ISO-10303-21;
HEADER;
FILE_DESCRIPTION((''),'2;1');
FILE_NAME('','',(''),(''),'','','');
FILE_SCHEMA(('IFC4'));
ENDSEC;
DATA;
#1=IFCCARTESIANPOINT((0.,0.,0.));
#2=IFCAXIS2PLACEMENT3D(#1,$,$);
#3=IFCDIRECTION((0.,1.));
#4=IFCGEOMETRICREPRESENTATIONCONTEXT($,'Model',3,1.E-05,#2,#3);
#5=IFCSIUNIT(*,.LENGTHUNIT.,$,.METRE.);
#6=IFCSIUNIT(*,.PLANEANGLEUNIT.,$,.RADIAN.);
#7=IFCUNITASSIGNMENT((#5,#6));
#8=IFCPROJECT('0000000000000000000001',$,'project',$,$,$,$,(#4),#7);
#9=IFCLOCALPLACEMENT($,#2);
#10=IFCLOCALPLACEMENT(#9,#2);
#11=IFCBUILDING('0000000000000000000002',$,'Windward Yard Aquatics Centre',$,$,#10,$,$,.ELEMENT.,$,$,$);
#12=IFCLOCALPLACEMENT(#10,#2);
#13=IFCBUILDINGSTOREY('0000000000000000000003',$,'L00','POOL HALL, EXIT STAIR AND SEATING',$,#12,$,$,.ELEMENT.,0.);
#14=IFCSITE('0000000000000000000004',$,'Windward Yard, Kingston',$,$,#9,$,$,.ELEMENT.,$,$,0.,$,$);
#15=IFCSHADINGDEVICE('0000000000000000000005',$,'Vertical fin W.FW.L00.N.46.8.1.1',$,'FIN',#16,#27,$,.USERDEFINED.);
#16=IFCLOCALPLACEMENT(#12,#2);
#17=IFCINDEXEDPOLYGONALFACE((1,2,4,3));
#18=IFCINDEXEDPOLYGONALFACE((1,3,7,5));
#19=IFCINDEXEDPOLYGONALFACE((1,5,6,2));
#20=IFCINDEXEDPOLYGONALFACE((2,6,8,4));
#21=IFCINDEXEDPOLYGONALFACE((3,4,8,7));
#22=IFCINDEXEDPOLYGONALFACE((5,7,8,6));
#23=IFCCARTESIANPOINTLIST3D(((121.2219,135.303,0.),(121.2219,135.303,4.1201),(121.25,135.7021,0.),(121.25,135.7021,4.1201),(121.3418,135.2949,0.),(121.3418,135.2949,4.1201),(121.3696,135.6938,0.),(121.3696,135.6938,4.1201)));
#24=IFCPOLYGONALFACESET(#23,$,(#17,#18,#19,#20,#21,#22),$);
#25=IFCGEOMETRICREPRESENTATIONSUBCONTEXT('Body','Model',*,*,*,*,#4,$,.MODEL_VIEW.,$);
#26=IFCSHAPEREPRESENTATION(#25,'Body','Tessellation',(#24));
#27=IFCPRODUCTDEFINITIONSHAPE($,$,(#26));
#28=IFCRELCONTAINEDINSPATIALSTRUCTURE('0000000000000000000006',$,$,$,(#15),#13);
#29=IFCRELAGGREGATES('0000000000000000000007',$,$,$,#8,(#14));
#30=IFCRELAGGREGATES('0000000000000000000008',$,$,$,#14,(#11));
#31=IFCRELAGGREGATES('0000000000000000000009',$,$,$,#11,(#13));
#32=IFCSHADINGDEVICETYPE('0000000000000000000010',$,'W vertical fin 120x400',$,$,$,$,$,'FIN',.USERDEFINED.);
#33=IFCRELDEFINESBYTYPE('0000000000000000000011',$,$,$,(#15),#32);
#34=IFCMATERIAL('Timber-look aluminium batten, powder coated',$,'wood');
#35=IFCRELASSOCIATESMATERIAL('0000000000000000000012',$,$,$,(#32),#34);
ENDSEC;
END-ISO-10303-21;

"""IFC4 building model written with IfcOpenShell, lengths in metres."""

from ifc_helpers import new_model, si_unit, direction, origin, place, context, subcontext, project, spatial, polyline, outline, extrude, material, type_object, element, save


model = new_model("IFC4")

# Units and contexts
model_context = context("Model", 3, precision=1e-05, world=origin(), true_north=direction((0.0, 1.0)))
body_context = subcontext(model_context, "Body", "Model", "MODEL_VIEW")
ifc_project = project(units=[si_unit("LENGTHUNIT", "METRE"), si_unit("PLANEANGLEUNIT", "RADIAN")], contexts=[model_context])

# Site, building, storey
site_placement = place(None, origin())
site = spatial("IfcSite", under=ifc_project, at=site_placement, Name="Windward Yard, Kingston", CompositionType="ELEMENT", RefElevation=0.0)
building_placement = place(site_placement, origin())
building = spatial("IfcBuilding", under=site, at=building_placement, Name="Windward Yard Aquatics Centre", CompositionType="ELEMENT")
storey_placement = place(building_placement, origin())
storey = spatial("IfcBuildingStorey", under=building, at=storey_placement, Name="L00", Description="POOL HALL, EXIT STAIR AND SEATING", CompositionType="ELEMENT", Elevation=0.0)

# Shading device
ifc_material_1 = material(Name="Timber-look aluminium batten, powder coated", Category="wood")
shading_device_type_1 = type_object("IfcShadingDeviceType", Name="W vertical fin 120x400", ElementType="FIN", PredefinedType="USERDEFINED", material=ifc_material_1)
shading_device_1_placement = place(storey_placement, origin())
element("IfcShadingDevice", 1, at=shading_device_1_placement, inside=storey, type_object=shading_device_type_1, Name="Vertical fin W.FW.L00.N.46.8.1.1", ObjectType="FIN", PredefinedType="USERDEFINED", context=body_context, shape_type="SweptSolid", body=[
    extrude(outline(polyline([(121.2219, 135.303), (121.3418, 135.2949), (121.3696, 135.6938), (121.25, 135.7021), (121.2219, 135.303)])), origin(), (0.0, 0.0, 1.0), 4.1201),
])

save(model, "model.ifc")
